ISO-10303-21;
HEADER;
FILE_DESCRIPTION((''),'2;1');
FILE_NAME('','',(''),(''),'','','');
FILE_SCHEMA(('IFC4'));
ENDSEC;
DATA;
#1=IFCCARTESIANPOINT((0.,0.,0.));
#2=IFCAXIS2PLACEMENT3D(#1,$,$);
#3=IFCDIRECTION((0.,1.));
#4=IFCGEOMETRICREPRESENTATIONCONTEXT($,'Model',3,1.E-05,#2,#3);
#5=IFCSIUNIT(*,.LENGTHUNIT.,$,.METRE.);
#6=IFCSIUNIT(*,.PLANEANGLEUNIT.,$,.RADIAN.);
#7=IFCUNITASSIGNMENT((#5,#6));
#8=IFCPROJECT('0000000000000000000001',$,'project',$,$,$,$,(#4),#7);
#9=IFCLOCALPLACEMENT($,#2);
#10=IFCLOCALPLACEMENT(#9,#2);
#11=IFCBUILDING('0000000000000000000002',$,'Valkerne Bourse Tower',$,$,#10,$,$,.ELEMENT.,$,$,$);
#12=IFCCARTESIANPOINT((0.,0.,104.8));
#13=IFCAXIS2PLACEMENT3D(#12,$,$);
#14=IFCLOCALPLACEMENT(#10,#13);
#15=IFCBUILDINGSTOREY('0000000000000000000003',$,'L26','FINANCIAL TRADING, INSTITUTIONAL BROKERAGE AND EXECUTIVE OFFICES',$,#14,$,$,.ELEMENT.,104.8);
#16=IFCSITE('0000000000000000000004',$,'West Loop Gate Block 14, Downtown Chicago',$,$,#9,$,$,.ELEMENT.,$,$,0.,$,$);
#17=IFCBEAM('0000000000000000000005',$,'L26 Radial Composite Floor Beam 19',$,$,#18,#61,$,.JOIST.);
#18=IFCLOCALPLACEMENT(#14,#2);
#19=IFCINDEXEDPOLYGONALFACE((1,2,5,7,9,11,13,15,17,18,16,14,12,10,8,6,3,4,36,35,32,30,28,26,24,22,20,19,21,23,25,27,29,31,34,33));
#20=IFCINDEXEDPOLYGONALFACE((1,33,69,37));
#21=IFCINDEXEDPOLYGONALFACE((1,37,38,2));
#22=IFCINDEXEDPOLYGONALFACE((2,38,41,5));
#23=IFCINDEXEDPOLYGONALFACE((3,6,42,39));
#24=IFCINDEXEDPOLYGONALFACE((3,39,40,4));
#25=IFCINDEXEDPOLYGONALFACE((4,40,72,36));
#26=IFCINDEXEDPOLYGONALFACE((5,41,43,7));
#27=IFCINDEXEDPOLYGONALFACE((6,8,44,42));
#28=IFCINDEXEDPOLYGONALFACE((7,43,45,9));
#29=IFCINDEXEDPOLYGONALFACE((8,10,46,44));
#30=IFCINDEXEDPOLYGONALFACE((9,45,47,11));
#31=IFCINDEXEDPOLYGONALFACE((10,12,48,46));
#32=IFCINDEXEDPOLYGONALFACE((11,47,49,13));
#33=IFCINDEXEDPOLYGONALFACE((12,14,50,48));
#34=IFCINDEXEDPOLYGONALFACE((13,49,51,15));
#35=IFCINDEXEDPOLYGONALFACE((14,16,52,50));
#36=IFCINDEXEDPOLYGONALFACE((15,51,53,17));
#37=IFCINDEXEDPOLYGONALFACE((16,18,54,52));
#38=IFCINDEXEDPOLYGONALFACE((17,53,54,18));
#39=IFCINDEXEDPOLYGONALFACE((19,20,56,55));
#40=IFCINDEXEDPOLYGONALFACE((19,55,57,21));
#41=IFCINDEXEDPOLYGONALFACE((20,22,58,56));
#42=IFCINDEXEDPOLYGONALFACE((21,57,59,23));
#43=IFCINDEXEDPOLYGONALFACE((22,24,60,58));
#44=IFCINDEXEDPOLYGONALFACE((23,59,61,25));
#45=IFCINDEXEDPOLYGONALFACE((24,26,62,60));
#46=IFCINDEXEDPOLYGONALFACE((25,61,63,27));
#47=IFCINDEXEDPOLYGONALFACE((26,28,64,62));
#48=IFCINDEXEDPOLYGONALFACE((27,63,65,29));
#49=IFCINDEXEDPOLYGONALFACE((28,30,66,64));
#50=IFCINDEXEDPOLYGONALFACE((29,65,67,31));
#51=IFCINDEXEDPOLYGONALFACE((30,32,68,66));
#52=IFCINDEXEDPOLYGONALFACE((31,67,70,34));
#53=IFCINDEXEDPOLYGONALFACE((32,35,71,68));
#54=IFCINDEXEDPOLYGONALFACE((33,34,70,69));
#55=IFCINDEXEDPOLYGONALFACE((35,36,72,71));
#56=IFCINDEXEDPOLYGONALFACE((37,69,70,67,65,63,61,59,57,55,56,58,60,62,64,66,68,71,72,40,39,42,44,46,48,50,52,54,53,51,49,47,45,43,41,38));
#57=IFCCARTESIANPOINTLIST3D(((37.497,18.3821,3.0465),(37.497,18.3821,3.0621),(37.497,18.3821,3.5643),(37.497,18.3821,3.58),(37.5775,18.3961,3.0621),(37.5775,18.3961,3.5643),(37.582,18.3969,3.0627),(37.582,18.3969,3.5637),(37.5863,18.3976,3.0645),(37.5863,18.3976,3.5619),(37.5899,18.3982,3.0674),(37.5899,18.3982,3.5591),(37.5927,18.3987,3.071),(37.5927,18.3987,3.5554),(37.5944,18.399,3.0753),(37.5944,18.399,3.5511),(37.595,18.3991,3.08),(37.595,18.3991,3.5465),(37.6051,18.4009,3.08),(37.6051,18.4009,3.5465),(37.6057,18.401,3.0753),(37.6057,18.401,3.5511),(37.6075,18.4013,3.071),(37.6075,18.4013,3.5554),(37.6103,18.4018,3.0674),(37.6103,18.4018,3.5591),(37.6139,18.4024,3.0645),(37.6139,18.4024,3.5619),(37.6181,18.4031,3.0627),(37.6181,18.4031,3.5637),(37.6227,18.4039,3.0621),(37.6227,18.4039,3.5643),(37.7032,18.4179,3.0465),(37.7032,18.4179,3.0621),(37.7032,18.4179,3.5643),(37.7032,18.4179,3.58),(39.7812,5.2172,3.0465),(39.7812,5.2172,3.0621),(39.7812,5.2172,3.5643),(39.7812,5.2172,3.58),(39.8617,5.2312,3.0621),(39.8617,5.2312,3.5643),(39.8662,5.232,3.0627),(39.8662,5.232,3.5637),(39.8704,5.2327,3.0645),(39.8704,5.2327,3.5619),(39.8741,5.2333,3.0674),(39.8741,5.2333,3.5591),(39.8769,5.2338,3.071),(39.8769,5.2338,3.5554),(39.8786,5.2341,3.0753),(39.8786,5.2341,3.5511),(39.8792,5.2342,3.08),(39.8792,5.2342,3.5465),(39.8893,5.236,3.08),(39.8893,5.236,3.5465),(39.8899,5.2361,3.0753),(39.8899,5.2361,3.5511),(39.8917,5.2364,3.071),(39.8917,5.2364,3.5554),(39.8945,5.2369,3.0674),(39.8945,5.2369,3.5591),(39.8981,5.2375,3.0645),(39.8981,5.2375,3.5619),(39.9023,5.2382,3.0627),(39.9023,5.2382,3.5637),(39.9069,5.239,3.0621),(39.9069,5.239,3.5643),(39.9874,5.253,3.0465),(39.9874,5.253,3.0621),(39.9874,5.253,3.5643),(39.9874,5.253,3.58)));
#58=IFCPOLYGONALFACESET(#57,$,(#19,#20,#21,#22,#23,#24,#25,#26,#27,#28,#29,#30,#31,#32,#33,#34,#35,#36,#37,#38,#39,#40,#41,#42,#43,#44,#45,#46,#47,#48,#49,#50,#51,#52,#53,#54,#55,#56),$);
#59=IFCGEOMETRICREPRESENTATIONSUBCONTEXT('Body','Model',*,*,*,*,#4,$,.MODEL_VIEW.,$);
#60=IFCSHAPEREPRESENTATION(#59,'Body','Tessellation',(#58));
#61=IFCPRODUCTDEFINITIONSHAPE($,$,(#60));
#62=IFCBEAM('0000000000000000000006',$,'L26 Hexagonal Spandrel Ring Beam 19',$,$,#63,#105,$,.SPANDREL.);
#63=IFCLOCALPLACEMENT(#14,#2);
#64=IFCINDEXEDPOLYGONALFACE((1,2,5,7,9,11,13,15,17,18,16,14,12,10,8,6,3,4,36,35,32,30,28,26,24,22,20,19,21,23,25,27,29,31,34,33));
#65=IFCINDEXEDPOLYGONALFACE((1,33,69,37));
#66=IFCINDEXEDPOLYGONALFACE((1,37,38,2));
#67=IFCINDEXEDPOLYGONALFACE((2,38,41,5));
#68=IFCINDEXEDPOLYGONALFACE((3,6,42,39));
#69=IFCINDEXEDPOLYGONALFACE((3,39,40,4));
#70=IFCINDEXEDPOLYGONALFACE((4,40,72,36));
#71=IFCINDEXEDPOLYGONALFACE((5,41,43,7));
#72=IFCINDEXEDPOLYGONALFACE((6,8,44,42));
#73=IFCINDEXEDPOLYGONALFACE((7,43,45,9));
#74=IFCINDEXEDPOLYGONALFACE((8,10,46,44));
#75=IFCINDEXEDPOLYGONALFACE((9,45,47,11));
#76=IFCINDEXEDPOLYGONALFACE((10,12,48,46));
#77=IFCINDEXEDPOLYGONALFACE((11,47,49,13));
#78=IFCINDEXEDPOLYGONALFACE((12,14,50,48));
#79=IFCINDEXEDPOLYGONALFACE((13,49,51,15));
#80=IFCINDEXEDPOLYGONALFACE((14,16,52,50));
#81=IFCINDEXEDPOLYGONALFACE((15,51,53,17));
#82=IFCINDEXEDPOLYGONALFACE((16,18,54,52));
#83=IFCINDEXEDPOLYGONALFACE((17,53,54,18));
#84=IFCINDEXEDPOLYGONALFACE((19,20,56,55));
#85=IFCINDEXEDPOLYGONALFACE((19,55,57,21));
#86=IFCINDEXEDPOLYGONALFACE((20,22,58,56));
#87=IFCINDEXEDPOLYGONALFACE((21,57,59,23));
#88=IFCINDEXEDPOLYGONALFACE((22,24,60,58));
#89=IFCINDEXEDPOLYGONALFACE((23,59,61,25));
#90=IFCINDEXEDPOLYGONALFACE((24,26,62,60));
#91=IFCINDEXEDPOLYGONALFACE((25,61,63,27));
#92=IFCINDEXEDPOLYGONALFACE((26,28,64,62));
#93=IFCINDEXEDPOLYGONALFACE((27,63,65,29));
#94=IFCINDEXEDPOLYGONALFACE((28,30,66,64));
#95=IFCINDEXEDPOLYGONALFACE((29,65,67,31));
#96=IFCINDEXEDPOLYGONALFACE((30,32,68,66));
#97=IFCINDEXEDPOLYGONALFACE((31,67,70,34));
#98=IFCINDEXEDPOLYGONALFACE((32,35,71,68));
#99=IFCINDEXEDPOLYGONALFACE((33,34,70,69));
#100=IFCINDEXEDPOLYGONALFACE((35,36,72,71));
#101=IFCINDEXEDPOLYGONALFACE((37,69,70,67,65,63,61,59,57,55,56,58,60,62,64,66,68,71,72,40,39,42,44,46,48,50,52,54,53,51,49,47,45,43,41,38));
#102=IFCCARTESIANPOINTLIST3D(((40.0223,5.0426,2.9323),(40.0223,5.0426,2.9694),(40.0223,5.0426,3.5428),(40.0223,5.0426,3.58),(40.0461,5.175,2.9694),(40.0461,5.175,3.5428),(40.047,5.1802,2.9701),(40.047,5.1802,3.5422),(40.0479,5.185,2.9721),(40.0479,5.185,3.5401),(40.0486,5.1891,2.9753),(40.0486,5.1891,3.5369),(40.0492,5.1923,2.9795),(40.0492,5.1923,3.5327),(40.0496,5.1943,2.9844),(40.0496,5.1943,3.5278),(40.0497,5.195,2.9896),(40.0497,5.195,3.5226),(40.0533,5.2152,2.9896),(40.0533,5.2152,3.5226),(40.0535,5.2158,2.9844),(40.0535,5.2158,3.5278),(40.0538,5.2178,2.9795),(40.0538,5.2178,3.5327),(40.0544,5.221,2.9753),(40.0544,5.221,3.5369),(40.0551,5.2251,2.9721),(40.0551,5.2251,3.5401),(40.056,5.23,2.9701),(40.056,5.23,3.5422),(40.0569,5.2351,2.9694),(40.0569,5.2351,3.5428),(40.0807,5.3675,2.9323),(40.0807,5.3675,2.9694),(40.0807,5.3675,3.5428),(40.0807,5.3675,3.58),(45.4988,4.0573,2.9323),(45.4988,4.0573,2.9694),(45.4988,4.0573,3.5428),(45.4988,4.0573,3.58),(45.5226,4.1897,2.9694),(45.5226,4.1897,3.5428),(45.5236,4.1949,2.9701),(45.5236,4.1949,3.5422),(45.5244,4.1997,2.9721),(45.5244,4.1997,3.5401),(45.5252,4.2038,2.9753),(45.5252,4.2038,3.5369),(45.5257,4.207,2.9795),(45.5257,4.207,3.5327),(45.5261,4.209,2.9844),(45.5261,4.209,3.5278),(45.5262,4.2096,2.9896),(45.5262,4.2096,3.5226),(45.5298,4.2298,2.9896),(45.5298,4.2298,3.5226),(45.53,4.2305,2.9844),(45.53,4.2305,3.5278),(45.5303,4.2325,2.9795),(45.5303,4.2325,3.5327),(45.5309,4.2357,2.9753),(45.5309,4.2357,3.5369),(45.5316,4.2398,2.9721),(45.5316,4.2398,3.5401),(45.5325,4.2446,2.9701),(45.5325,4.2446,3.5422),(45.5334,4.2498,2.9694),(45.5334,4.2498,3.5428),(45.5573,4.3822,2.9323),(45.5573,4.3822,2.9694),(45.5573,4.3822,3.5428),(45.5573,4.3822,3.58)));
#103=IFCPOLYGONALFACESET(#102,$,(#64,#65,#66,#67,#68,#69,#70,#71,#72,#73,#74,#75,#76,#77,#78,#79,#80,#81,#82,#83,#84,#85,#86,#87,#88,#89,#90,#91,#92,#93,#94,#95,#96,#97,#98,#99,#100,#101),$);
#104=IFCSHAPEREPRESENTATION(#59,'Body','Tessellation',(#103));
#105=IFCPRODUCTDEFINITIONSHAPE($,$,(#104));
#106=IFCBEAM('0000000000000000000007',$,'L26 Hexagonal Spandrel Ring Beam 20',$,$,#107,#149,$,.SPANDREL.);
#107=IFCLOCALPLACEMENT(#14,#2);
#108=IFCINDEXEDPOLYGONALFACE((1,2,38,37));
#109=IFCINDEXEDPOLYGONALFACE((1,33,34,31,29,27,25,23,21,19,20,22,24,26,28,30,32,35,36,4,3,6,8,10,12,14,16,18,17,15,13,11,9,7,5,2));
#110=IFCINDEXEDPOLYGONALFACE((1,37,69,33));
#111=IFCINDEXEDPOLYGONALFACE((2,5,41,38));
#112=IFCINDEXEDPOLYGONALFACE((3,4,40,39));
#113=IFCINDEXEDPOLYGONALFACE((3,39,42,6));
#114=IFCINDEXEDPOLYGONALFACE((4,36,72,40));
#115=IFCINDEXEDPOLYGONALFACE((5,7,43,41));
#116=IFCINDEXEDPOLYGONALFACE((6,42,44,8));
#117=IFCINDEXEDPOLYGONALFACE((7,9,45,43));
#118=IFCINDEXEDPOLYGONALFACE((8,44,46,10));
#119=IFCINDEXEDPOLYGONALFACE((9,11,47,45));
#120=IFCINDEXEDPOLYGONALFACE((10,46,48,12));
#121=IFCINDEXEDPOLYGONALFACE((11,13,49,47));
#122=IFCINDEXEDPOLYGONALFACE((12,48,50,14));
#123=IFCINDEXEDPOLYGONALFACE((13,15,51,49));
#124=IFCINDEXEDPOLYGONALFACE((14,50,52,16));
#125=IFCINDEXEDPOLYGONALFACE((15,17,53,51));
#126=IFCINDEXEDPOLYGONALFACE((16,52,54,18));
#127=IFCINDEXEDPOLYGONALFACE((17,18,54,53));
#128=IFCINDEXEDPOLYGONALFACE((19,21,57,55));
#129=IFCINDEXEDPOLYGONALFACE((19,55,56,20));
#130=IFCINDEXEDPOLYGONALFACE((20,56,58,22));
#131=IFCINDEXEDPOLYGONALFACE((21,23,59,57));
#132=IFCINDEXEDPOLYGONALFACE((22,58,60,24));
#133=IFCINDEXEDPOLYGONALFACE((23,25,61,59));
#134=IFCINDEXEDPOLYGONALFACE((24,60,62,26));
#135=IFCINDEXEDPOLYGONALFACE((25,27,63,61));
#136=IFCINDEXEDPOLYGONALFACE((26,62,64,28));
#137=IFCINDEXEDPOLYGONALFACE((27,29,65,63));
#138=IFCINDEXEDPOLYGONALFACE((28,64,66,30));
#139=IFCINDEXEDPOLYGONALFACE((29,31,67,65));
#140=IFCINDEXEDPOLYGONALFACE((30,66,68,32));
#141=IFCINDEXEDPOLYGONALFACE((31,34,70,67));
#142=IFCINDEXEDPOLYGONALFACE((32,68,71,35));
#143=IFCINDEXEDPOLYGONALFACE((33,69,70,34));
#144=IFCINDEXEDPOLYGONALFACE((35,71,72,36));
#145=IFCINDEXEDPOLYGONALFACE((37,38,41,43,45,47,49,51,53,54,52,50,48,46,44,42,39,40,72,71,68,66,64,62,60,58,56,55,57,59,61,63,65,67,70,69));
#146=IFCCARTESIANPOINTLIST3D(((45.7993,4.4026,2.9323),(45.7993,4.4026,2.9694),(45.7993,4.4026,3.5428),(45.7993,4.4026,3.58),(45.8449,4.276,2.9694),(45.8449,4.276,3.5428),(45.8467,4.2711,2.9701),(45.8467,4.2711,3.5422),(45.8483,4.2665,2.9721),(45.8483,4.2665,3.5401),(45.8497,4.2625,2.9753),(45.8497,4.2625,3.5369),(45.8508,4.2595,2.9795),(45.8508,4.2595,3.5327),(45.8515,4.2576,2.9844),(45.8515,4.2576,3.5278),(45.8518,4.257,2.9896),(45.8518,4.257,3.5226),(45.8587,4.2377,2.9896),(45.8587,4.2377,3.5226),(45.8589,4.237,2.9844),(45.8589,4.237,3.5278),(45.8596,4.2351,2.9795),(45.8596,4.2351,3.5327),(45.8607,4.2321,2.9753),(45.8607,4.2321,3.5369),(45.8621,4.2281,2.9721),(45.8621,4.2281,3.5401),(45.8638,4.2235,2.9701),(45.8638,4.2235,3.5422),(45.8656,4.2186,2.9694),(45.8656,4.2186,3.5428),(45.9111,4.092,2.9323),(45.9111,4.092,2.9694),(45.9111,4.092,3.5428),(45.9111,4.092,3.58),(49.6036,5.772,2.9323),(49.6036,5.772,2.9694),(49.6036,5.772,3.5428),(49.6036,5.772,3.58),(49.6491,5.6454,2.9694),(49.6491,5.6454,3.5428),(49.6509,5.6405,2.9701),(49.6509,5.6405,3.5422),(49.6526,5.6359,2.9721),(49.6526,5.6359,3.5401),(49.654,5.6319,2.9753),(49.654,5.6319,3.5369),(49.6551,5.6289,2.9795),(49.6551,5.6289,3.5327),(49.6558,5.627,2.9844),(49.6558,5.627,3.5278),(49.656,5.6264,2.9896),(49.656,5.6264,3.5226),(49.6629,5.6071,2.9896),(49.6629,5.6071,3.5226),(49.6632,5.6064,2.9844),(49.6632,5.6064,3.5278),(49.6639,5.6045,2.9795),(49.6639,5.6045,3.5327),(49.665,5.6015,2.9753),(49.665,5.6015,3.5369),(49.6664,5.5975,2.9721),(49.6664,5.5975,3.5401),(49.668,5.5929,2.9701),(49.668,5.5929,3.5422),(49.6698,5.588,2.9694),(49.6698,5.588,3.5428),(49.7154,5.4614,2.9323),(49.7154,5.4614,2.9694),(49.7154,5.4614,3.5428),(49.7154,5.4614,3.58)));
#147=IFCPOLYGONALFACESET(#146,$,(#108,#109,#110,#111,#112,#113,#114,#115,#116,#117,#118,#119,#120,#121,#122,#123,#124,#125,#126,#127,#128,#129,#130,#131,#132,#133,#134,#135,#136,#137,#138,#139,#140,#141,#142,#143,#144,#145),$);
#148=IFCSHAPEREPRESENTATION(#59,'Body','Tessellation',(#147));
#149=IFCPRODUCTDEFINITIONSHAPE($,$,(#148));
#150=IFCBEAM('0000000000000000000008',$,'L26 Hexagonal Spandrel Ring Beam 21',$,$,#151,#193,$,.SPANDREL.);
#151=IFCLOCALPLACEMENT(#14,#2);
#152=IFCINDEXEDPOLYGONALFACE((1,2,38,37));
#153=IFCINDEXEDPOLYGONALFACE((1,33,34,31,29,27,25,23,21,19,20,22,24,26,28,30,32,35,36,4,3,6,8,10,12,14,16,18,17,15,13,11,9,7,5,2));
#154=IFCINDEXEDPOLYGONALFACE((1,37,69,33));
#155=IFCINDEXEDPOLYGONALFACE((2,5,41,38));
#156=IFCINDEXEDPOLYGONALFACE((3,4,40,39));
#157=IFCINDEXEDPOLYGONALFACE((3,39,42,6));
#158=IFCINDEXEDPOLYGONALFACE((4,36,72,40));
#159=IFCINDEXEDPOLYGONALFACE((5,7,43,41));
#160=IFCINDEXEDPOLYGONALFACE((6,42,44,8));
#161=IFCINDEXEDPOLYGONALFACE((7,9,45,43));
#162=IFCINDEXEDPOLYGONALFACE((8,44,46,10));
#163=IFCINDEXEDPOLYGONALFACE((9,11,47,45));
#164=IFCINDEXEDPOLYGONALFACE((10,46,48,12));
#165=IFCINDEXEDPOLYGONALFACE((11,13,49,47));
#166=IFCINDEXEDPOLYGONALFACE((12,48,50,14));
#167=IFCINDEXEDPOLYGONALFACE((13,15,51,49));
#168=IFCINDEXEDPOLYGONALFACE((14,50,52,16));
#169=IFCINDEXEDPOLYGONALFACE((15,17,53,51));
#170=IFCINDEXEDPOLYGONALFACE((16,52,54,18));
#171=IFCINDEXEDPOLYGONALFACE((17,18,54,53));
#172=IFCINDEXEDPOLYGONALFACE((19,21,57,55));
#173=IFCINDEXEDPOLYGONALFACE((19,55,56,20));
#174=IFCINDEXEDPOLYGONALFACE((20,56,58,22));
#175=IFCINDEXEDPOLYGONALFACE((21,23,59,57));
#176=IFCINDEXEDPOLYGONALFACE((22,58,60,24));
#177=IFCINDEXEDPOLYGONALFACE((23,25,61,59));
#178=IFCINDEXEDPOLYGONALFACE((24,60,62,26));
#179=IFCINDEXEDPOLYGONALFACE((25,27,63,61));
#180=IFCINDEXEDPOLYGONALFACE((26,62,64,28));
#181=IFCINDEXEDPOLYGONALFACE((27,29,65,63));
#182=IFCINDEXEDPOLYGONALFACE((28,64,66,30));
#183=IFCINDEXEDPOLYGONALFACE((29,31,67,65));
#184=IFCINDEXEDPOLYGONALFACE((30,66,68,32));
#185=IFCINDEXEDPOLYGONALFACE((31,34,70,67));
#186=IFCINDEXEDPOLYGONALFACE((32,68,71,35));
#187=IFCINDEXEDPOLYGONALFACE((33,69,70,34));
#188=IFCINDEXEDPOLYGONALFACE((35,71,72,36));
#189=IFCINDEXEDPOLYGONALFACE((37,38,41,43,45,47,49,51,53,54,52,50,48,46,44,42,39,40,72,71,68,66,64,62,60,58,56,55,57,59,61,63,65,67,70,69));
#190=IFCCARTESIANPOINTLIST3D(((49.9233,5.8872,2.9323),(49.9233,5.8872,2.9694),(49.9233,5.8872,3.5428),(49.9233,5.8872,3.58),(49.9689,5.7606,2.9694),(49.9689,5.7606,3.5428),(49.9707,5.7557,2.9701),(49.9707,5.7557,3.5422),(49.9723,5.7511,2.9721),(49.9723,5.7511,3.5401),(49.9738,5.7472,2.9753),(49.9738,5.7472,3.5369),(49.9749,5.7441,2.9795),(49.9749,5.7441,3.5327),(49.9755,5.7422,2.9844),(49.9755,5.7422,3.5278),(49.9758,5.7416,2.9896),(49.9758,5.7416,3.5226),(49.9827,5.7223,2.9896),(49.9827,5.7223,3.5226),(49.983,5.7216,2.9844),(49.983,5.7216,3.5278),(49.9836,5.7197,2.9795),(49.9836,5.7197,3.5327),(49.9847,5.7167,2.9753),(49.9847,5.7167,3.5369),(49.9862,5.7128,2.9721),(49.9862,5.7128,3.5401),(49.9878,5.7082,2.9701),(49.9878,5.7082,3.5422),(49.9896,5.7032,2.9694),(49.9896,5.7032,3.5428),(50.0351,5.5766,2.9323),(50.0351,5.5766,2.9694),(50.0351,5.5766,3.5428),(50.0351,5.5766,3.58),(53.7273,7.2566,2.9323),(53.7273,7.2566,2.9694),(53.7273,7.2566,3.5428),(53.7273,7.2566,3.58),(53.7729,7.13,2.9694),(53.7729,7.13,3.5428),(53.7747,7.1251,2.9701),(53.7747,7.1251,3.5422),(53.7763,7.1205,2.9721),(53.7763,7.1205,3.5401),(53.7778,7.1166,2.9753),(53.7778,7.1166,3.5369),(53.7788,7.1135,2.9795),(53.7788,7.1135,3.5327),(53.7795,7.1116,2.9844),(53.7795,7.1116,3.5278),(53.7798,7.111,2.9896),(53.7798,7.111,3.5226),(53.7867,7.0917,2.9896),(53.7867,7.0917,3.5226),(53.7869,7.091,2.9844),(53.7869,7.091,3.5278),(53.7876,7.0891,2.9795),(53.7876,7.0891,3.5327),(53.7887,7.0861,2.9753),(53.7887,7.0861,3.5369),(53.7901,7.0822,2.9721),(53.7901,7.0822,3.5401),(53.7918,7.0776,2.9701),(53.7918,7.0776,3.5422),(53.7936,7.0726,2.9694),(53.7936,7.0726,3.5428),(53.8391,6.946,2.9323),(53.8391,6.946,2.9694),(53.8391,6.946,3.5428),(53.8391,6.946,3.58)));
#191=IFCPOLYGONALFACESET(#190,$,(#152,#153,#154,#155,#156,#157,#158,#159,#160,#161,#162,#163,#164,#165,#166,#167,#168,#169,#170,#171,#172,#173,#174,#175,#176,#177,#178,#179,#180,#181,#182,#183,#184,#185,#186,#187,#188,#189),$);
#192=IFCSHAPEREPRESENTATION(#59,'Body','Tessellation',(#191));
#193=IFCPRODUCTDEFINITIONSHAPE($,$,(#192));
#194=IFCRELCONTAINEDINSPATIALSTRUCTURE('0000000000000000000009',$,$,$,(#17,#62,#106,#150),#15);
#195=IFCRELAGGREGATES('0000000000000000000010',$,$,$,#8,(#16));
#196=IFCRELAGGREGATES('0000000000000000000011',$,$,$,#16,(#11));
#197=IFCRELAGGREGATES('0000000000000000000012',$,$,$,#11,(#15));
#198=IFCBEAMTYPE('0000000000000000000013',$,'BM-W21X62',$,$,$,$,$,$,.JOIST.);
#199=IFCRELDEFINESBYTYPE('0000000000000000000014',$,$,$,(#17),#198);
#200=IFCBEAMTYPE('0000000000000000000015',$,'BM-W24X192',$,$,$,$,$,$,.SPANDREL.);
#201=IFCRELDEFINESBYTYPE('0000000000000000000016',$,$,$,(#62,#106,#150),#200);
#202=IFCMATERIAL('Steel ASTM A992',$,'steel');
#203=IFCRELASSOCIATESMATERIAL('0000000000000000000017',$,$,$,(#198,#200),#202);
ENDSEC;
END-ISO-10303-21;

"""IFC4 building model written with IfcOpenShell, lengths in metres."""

from ifc_helpers import new_model, si_unit, direction, frame, origin, origin_2d, place, context, subcontext, project, spatial, i_section, extrude, material, material_profile, profile_set, type_object, element, save


model = new_model("IFC4")

# Units and contexts
model_context = context("Model", 3, precision=1e-05, world=origin(), true_north=direction((0.0, 1.0)))
body_context = subcontext(model_context, "Body", "Model", "MODEL_VIEW")
ifc_project = project(units=[si_unit("LENGTHUNIT", "METRE"), si_unit("PLANEANGLEUNIT", "RADIAN")], contexts=[model_context])

# Site, building, storey
site_placement = place(None, origin())
site = spatial("IfcSite", under=ifc_project, at=site_placement, Name="West Loop Gate Block 14, Downtown Chicago", CompositionType="ELEMENT", RefElevation=0.0)
building_placement = place(site_placement, origin())
building = spatial("IfcBuilding", under=site, at=building_placement, Name="Valkerne Bourse Tower", CompositionType="ELEMENT")
storey_placement = place(building_placement, frame((0.0, 0.0, 104.8)))
storey = spatial("IfcBuildingStorey", under=building, at=storey_placement, Name="L26", Description="FINANCIAL TRADING, INSTITUTIONAL BROKERAGE AND EXECUTIVE OFFICES", CompositionType="ELEMENT", Elevation=104.8)

# Beams
ifc_material_1 = material(Name="Steel ASTM A992", Category="steel")
ifc_material_profile_1 = material_profile(ifc_material_1, i_section(OverallWidth=0.2092, OverallDepth=0.5334, WebThickness=0.0103, FlangeThickness=0.0156, FilletRadius=0.0178, at=origin_2d()), Name="W21X62")
ifc_profile_set_1 = profile_set([ifc_material_profile_1], Name="Steel ASTM A992")
beam_type_1 = type_object("IfcBeamType", Name="BM-W21X62", PredefinedType="JOIST", material=ifc_profile_set_1)
beam_1_placement = place(storey_placement, frame((39.8843, 5.2351, 3.3132), z_axis=(-0.170953, 0.985279, 0.0), x_axis=(-0.985279, -0.170953, 0.0)))
element("IfcBeam", 1, at=beam_1_placement, inside=storey, type_object=beam_type_1, Name="L26 Radial Composite Floor Beam 19", PredefinedType="JOIST", context=body_context, shape_type="SweptSolid", body=[
    extrude(i_section(OverallWidth=0.2092, OverallDepth=0.5334, WebThickness=0.0103, FlangeThickness=0.0156, FilletRadius=0.0178, at=origin_2d()), origin(), (0.0, 0.0, 1.0), 13.3616),
])
ifc_material_profile_2 = material_profile(ifc_material_1, i_section(OverallWidth=0.3301, OverallDepth=0.6477, WebThickness=0.0205, FlangeThickness=0.0371, FilletRadius=0.0203, at=origin_2d()), Name="W24X192")
ifc_profile_set_2 = profile_set([ifc_material_profile_2], Name="Steel ASTM A992")
beam_type_2 = type_object("IfcBeamType", Name="BM-W24X192", PredefinedType="SPANDREL", material=ifc_profile_set_2)
beam_2_placement = place(storey_placement, frame((40.0515, 5.2051, 3.2561), z_axis=(0.984197, -0.177078, 0.0), x_axis=(0.177078, 0.984197, 0.0)))
element("IfcBeam", 2, at=beam_2_placement, inside=storey, type_object=beam_type_2, Name="L26 Hexagonal Spandrel Ring Beam 19", PredefinedType="SPANDREL", context=body_context, shape_type="SweptSolid", body=[
    extrude(i_section(OverallWidth=0.3301, OverallDepth=0.6477, WebThickness=0.0205, FlangeThickness=0.0371, FilletRadius=0.0203, at=origin_2d()), origin(), (0.0, 0.0, 1.0), 5.5645),
])
beam_3_placement = place(storey_placement, frame((45.8552, 4.2473, 3.2561), z_axis=(0.940897, 0.338692, 0.0), x_axis=(-0.338692, 0.940897, 0.0)))
element("IfcBeam", 3, at=beam_3_placement, inside=storey, type_object=beam_type_2, Name="L26 Hexagonal Spandrel Ring Beam 20", PredefinedType="SPANDREL", context=body_context, shape_type="SweptSolid", body=[
    extrude(i_section(OverallWidth=0.3301, OverallDepth=0.6477, WebThickness=0.0205, FlangeThickness=0.0371, FilletRadius=0.0203, at=origin_2d()), origin(), (0.0, 0.0, 1.0), 4.0432),
])
beam_4_placement = place(storey_placement, frame((49.9792, 5.7319, 3.2561), z_axis=(0.94089, 0.338711, 0.0), x_axis=(-0.338711, 0.94089, 0.0)))
element("IfcBeam", 4, at=beam_4_placement, inside=storey, type_object=beam_type_2, Name="L26 Hexagonal Spandrel Ring Beam 21", PredefinedType="SPANDREL", context=body_context, shape_type="SweptSolid", body=[
    extrude(i_section(OverallWidth=0.3301, OverallDepth=0.6477, WebThickness=0.0205, FlangeThickness=0.0371, FilletRadius=0.0203, at=origin_2d()), origin(), (0.0, 0.0, 1.0), 4.043),
])

save(model, "model.ifc")
